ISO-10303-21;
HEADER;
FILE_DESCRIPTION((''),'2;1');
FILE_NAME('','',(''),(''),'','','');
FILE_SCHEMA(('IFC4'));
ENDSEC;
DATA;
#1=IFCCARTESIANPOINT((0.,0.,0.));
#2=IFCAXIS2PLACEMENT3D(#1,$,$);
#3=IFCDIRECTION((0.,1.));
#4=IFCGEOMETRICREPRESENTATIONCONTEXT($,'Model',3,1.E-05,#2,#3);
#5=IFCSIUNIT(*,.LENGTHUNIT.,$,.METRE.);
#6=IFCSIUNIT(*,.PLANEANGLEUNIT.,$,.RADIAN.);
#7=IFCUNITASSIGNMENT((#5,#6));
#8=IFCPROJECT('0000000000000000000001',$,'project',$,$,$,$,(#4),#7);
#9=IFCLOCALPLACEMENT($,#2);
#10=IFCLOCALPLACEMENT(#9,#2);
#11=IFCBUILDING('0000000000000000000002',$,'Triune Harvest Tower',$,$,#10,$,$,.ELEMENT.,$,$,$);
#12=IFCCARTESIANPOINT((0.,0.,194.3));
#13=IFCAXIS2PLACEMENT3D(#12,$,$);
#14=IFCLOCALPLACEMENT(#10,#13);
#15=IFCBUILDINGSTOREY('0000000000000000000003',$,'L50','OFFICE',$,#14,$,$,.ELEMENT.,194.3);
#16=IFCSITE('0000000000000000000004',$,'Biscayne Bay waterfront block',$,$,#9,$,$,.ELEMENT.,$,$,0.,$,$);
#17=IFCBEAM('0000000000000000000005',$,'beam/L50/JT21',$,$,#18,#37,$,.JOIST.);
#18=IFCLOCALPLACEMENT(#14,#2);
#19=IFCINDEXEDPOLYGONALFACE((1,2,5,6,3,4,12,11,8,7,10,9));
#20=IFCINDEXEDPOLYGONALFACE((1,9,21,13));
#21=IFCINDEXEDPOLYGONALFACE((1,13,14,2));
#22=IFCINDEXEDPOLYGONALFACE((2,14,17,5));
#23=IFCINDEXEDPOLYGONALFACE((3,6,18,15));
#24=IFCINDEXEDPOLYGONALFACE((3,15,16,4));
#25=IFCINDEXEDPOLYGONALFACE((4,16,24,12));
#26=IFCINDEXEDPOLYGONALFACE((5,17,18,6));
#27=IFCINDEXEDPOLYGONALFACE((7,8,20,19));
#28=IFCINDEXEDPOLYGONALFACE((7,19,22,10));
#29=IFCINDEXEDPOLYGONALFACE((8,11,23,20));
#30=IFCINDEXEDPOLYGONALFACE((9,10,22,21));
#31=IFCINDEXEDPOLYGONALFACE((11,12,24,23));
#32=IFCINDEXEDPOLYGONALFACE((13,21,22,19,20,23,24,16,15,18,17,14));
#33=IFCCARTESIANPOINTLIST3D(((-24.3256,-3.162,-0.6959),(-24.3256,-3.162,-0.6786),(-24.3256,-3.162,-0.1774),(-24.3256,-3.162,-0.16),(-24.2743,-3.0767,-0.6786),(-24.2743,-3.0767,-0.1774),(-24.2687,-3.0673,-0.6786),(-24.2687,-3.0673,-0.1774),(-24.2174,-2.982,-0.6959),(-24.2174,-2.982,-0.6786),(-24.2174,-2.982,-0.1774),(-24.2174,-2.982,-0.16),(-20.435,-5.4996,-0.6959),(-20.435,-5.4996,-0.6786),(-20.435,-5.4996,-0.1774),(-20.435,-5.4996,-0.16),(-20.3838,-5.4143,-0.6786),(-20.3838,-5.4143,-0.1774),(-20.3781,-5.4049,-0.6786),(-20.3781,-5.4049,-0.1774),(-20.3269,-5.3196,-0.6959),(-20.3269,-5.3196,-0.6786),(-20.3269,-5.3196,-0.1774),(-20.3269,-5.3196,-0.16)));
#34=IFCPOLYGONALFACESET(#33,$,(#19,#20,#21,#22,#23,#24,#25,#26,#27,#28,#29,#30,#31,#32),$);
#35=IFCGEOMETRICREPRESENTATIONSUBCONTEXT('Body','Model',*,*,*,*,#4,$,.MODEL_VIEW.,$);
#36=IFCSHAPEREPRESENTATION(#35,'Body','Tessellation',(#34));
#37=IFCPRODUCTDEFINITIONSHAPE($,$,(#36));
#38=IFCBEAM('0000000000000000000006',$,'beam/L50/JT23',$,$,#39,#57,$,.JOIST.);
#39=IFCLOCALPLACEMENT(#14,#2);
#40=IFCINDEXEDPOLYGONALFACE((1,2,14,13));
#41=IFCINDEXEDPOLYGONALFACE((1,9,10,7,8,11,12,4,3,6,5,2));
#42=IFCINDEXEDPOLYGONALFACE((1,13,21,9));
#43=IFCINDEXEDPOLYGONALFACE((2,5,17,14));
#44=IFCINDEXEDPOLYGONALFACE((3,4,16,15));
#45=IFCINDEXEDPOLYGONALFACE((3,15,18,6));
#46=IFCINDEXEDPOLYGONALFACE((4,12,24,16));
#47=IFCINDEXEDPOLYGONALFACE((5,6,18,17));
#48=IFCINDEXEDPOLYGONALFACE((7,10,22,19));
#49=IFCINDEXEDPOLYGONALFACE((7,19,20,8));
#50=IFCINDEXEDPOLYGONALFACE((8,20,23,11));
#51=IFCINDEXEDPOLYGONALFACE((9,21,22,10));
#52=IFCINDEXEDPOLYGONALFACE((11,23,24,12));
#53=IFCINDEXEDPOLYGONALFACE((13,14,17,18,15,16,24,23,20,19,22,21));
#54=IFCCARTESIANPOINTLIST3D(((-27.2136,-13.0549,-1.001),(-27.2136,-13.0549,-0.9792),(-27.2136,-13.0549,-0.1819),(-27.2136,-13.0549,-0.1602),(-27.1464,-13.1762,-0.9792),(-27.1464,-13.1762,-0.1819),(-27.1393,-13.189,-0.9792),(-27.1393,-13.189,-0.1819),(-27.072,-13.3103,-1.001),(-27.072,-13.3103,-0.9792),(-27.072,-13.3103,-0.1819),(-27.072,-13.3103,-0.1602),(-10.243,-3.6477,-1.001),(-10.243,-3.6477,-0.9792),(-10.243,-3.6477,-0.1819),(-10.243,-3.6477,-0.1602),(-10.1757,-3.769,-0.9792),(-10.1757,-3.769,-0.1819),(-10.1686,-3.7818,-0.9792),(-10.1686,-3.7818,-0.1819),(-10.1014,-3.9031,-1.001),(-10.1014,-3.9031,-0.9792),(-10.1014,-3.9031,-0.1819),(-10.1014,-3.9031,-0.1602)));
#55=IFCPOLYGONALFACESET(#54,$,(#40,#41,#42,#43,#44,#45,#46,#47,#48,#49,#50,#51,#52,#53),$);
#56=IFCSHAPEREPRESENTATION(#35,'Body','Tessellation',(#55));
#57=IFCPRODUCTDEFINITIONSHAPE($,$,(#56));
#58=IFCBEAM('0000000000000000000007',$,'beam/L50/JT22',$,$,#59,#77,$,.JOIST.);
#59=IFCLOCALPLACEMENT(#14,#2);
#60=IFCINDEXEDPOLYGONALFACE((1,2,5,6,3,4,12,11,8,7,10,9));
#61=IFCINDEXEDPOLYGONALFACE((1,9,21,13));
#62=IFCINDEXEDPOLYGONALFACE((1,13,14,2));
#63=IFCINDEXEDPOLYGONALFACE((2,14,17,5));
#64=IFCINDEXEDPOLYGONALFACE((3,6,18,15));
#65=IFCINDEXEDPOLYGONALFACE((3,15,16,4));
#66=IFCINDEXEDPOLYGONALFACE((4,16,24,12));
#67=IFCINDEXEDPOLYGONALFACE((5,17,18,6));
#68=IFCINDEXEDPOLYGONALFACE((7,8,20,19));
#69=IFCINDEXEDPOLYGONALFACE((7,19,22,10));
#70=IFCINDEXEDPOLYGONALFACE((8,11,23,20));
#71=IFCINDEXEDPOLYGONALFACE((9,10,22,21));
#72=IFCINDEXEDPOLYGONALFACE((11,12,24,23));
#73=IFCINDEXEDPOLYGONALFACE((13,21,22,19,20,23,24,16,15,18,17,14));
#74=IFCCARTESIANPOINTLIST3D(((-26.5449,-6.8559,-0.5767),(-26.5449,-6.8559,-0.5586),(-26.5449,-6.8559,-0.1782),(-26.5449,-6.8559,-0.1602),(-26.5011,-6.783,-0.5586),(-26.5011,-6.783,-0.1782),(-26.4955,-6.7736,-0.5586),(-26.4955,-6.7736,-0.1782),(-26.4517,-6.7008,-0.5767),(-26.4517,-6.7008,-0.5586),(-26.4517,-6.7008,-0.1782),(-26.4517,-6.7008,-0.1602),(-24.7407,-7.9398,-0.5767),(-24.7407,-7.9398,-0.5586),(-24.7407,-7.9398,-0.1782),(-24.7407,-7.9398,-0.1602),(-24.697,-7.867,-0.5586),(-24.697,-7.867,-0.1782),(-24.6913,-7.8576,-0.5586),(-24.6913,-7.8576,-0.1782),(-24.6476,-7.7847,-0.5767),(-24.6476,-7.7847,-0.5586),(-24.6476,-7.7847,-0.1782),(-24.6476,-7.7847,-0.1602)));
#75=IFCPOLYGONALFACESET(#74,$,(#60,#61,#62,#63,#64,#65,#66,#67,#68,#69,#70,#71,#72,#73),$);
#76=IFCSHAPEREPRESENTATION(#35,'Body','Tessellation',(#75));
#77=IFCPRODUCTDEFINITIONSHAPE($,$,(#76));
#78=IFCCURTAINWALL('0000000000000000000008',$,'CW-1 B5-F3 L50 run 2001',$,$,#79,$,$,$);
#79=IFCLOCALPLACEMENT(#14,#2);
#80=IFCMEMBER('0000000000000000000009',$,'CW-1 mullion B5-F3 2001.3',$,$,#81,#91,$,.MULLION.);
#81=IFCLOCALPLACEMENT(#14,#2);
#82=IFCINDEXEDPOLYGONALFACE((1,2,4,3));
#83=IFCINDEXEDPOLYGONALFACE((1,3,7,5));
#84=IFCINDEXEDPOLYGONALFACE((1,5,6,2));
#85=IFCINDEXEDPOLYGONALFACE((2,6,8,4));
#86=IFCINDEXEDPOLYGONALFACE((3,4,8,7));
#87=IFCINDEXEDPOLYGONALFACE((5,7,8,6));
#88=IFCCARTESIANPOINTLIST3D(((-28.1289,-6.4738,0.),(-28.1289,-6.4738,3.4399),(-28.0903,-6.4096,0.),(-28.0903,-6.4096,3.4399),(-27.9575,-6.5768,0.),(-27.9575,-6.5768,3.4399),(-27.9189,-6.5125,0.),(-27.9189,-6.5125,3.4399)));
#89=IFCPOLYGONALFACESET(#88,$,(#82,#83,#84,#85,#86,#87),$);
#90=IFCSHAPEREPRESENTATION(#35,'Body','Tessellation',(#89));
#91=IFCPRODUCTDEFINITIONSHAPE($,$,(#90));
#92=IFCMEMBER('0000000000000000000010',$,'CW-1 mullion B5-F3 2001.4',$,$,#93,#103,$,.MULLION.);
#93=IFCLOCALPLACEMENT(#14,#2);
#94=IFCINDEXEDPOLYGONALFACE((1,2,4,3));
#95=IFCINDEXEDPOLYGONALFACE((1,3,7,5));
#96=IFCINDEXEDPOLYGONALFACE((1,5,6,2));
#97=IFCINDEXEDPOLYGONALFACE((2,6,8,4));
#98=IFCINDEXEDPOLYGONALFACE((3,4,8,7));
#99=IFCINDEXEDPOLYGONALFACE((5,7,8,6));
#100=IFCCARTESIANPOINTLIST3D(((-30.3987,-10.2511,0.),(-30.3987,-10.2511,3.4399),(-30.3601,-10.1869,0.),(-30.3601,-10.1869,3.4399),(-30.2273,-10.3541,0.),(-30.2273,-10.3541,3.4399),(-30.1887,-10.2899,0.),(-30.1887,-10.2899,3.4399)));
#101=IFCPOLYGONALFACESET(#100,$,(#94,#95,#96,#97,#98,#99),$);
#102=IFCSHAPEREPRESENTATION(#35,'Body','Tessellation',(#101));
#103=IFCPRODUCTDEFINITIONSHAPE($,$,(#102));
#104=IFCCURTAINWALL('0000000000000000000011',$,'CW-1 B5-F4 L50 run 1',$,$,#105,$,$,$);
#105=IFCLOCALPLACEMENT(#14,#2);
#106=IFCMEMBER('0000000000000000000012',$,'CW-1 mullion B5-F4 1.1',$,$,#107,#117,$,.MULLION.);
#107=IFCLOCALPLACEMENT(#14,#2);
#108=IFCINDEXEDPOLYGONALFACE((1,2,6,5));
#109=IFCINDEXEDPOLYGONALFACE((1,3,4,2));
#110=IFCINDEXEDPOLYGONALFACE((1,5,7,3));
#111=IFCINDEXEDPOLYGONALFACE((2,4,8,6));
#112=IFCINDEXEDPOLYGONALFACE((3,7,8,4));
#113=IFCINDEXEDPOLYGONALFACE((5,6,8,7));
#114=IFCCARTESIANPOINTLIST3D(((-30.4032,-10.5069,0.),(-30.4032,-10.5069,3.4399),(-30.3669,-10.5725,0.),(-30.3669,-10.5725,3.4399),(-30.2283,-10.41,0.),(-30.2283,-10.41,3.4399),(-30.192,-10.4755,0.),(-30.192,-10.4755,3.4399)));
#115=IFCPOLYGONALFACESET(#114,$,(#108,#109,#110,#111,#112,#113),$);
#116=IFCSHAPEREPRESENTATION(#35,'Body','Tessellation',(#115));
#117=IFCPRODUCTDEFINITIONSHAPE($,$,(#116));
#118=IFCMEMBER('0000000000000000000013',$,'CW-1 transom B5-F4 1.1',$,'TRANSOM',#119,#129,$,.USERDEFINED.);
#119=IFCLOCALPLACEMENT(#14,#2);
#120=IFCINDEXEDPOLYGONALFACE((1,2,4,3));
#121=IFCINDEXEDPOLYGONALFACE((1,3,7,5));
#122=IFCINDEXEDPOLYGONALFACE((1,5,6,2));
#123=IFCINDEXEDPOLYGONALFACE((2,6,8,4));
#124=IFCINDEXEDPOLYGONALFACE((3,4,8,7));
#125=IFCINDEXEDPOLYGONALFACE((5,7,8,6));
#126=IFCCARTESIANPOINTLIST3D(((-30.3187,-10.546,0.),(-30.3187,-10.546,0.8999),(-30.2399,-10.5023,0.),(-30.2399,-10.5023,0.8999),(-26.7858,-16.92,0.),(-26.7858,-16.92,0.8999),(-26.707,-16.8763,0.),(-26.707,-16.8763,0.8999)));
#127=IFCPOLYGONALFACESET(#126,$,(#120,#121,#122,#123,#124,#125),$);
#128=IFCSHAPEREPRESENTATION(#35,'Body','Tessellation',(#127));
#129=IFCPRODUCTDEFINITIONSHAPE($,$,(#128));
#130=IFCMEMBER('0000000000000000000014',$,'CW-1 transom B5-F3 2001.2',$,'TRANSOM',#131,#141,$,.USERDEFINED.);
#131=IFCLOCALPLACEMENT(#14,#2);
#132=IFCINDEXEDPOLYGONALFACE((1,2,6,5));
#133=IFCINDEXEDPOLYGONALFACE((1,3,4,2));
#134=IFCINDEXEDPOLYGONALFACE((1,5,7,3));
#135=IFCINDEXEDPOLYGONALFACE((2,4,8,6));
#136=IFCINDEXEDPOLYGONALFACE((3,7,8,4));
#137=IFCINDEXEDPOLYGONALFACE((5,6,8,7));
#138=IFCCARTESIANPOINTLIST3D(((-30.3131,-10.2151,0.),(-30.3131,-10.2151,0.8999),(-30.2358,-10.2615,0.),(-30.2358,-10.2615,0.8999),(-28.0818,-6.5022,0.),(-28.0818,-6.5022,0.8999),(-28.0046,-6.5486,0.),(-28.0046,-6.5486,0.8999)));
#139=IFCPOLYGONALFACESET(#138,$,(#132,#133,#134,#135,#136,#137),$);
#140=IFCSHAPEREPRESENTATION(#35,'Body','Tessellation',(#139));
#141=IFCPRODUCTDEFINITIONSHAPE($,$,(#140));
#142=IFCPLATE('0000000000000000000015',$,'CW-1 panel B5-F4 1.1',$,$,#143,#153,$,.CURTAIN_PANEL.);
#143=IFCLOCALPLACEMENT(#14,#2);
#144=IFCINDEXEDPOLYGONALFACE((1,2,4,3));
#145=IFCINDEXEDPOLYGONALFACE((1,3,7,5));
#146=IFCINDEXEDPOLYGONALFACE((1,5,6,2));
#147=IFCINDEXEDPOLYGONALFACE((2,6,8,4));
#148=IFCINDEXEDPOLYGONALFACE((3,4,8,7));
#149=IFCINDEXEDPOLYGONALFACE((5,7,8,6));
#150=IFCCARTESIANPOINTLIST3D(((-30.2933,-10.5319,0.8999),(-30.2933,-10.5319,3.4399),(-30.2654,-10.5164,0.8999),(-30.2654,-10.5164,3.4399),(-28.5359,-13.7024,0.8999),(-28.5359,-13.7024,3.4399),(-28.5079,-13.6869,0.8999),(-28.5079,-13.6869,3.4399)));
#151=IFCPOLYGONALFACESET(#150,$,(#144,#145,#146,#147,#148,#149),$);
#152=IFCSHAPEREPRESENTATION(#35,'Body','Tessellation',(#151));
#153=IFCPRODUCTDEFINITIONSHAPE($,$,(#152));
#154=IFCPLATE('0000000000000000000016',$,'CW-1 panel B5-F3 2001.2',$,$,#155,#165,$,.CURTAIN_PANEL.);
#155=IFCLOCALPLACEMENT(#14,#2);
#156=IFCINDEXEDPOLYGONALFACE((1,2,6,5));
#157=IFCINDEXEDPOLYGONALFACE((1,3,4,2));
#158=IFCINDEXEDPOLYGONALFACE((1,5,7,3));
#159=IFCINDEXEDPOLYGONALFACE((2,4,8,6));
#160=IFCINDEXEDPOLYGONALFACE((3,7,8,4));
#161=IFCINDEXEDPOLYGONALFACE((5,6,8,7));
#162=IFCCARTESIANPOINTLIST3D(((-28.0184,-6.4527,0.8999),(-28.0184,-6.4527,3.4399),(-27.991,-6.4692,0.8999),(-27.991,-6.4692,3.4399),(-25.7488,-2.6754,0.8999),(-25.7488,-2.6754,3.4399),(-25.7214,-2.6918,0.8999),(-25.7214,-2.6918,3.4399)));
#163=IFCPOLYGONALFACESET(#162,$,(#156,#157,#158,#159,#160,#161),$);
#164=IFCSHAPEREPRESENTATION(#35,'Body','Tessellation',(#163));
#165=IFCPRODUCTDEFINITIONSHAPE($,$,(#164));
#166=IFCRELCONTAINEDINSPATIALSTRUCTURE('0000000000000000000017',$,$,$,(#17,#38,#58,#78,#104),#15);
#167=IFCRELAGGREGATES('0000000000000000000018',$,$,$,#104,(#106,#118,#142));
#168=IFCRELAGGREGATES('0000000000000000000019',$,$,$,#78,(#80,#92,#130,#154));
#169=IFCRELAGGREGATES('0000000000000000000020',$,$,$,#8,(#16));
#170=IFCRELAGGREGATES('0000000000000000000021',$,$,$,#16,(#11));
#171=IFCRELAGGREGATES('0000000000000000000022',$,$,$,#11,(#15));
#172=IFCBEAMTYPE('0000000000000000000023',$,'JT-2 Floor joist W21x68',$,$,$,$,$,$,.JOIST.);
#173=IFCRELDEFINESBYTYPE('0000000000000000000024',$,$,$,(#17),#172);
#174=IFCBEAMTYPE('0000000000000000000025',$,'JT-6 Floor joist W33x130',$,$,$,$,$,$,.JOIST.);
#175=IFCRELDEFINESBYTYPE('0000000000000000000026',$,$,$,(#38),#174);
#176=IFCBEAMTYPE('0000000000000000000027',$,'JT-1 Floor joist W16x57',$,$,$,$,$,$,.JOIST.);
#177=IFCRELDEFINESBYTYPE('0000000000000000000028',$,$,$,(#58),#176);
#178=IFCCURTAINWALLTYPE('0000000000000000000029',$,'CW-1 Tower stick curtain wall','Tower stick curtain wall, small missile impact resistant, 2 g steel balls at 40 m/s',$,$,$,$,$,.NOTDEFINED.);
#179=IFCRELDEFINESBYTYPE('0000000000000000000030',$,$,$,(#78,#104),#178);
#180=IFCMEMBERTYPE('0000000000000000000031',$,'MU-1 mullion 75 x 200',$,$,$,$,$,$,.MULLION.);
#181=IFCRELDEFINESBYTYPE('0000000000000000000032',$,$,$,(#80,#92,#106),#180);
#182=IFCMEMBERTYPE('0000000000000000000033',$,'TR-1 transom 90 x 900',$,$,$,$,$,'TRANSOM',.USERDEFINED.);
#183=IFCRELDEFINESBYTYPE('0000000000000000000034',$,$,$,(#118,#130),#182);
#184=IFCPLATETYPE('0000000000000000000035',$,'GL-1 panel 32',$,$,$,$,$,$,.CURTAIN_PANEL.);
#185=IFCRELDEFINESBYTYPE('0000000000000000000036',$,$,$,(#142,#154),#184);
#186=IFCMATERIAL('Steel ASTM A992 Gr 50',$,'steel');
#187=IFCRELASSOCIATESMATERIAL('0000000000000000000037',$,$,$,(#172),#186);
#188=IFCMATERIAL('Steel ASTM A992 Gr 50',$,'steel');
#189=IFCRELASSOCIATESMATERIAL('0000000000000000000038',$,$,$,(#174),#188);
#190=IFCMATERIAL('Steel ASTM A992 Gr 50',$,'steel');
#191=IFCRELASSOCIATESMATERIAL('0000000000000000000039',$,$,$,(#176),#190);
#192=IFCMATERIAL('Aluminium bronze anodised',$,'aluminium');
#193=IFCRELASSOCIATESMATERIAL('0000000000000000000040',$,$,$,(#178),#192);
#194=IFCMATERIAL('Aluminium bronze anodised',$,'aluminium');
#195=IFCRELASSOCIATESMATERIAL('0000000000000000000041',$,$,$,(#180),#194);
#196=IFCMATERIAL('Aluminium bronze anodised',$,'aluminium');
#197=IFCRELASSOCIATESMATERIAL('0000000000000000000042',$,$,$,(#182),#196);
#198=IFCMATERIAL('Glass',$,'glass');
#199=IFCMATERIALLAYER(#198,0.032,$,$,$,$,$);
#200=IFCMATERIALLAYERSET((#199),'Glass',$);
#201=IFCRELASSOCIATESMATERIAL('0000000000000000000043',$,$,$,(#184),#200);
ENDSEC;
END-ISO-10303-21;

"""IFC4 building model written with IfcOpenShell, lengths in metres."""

from ifc_helpers import new_model, si_unit, direction, frame, origin, origin_2d, place, context, subcontext, project, spatial, rectangle, i_section, extrude, source, transform, mapped, material, layer, layer_set, material_profile, profile_set, type_object, element, aggregate, save


model = new_model("IFC4")

# Units and contexts
model_context = context("Model", 3, precision=1e-05, world=origin(), true_north=direction((0.0, 1.0)))
body_context = subcontext(model_context, "Body", "Model", "MODEL_VIEW")
ifc_project = project(units=[si_unit("LENGTHUNIT", "METRE"), si_unit("PLANEANGLEUNIT", "RADIAN")], contexts=[model_context])

# Site, building, storey
site_placement = place(None, origin())
site = spatial("IfcSite", under=ifc_project, at=site_placement, Name="Biscayne Bay waterfront block", CompositionType="ELEMENT", RefElevation=0.0)
building_placement = place(site_placement, origin())
building = spatial("IfcBuilding", under=site, at=building_placement, Name="Triune Harvest Tower", CompositionType="ELEMENT")
storey_placement = place(building_placement, frame((0.0, 0.0, 194.3)))
storey = spatial("IfcBuildingStorey", under=building, at=storey_placement, Name="L50", Description="OFFICE", CompositionType="ELEMENT", Elevation=194.3)

# Beams
ifc_material_1 = material(Name="Steel ASTM A992 Gr 50", Category="steel")
ifc_material_profile_1 = material_profile(ifc_material_1, i_section(OverallWidth=0.21, OverallDepth=0.5359, WebThickness=0.011, FlangeThickness=0.0173, at=origin_2d()), Name="W21x68")
ifc_profile_set_1 = profile_set([ifc_material_profile_1], Name="Steel ASTM A992 Gr 50")
beam_type_1 = type_object("IfcBeamType", Name="JT-2 Floor joist W21x68", PredefinedType="JOIST", material=ifc_profile_set_1)
shared_shape_1 = source(origin(), body_context, "Body", "SweptSolid", [
    extrude(i_section(OverallWidth=0.21, OverallDepth=0.5359, WebThickness=0.011, FlangeThickness=0.0173, at=origin_2d()), origin(), (0.0, 0.0, 1.0), 4.5388),
])
beam_1_placement = place(storey_placement, frame((-24.2715, -3.072, -0.428), z_axis=(0.857175, -0.515026, 0.0), x_axis=(0.515026, 0.857175, 0.0)))
element("IfcBeam", 1, at=beam_1_placement, inside=storey, type_object=beam_type_1, Name="beam/L50/JT21", PredefinedType="JOIST", context=body_context, shape_type="MappedRepresentation", body=[
    mapped(shared_shape_1, transform((0.0, 0.0, 0.0), scale=1.0)),
])
ifc_material_2 = material(Name="Steel ASTM A992 Gr 50", Category="steel")
ifc_material_profile_2 = material_profile(ifc_material_2, i_section(OverallWidth=0.292, OverallDepth=0.8408, WebThickness=0.0146, FlangeThickness=0.0217, at=origin_2d()), Name="W33x130")
ifc_profile_set_2 = profile_set([ifc_material_profile_2], Name="Steel ASTM A992 Gr 50")
beam_type_2 = type_object("IfcBeamType", Name="JT-6 Floor joist W33x130", PredefinedType="JOIST", material=ifc_profile_set_2)
shared_shape_2 = source(origin(), body_context, "Body", "SweptSolid", [
    extrude(i_section(OverallWidth=0.292, OverallDepth=0.8408, WebThickness=0.0146, FlangeThickness=0.0217, at=origin_2d()), origin(), (0.0, 0.0, 1.0), 19.4036),
])
beam_2_placement = place(storey_placement, frame((-27.1428, -13.1826, -0.5806), z_axis=(0.874615, 0.484818, 0.0), x_axis=(-0.484818, 0.874615, 0.0)))
element("IfcBeam", 2, at=beam_2_placement, inside=storey, type_object=beam_type_2, Name="beam/L50/JT23", PredefinedType="JOIST", context=body_context, shape_type="MappedRepresentation", body=[
    mapped(shared_shape_2, transform((0.0, 0.0, 0.0), scale=1.0)),
])
ifc_material_3 = material(Name="Steel ASTM A992 Gr 50", Category="steel")
ifc_material_profile_3 = material_profile(ifc_material_3, i_section(OverallWidth=0.1809, OverallDepth=0.4165, WebThickness=0.011, FlangeThickness=0.0181, at=origin_2d()), Name="W16x57")
ifc_profile_set_3 = profile_set([ifc_material_profile_3], Name="Steel ASTM A992 Gr 50")
beam_type_3 = type_object("IfcBeamType", Name="JT-1 Floor joist W16x57", PredefinedType="JOIST", material=ifc_profile_set_3)
shared_shape_3 = source(origin(), body_context, "Body", "SweptSolid", [
    extrude(i_section(OverallWidth=0.1809, OverallDepth=0.4165, WebThickness=0.011, FlangeThickness=0.0181, at=origin_2d()), origin(), (0.0, 0.0, 1.0), 2.1047),
])
beam_3_placement = place(storey_placement, frame((-26.4983, -6.7783, -0.3684), z_axis=(0.857186, -0.515007, 0.0), x_axis=(0.515007, 0.857186, 0.0)))
element("IfcBeam", 3, at=beam_3_placement, inside=storey, type_object=beam_type_3, Name="beam/L50/JT22", PredefinedType="JOIST", context=body_context, shape_type="MappedRepresentation", body=[
    mapped(shared_shape_3, transform((0.0, 0.0, 0.0), scale=1.0)),
])

# Curtain walls, members
ifc_material_4 = material(Name="Aluminium bronze anodised", Category="aluminium")
curtain_wall_type = type_object("IfcCurtainWallType", Name="CW-1 Tower stick curtain wall", Description="Tower stick curtain wall, small missile impact resistant, 2 g steel balls at 40 m/s", PredefinedType="NOTDEFINED", material=ifc_material_4)
curtain_wall_1_placement = place(storey_placement, origin())
curtain_wall_1 = element("IfcCurtainWall", 4, at=curtain_wall_1_placement, inside=storey, type_object=curtain_wall_type, Name="CW-1 B5-F3 L50 run 2001")
ifc_material_5 = material(Name="Aluminium bronze anodised", Category="aluminium")
ifc_material_profile_4 = material_profile(ifc_material_5, rectangle(XDim=0.2, YDim=0.075, at=origin_2d()), Name="MU-1 mullion 75 x 200")
ifc_profile_set_4 = profile_set([ifc_material_profile_4], Name="Aluminium bronze anodised")
member_type_1 = type_object("IfcMemberType", Name="MU-1 mullion 75 x 200", PredefinedType="MULLION", material=ifc_profile_set_4)
shared_shape_4 = source(origin(), body_context, "Body", "SweptSolid", [
    extrude(rectangle(XDim=0.2, YDim=0.075, at=origin_2d()), origin(), (0.0, 0.0, 1.0), 3.4399),
])
member_1_placement = place(storey_placement, frame((-28.0239, -6.4932, 0.0), z_axis=(0.0, 0.0, 1.0), x_axis=(0.857169, -0.515035, 0.0)))
member_1 = element("IfcMember", 5, at=member_1_placement, type_object=member_type_1, Name="CW-1 mullion B5-F3 2001.3", PredefinedType="MULLION", context=body_context, shape_type="MappedRepresentation", body=[
    mapped(shared_shape_4, transform((0.0, 0.0, 0.0), scale=1.0)),
])
member_2_placement = place(storey_placement, frame((-30.2937, -10.2705, 0.0), z_axis=(0.0, 0.0, 1.0), x_axis=(0.857169, -0.515035, 0.0)))
member_2 = element("IfcMember", 6, at=member_2_placement, type_object=member_type_1, Name="CW-1 mullion B5-F3 2001.4", PredefinedType="MULLION", context=body_context, shape_type="MappedRepresentation", body=[
    mapped(shared_shape_4, transform((0.0, 0.0, 0.0), scale=1.0)),
])
curtain_wall_2_placement = place(storey_placement, origin())
curtain_wall_2 = element("IfcCurtainWall", 7, at=curtain_wall_2_placement, inside=storey, type_object=curtain_wall_type, Name="CW-1 B5-F4 L50 run 1")
member_3_placement = place(storey_placement, frame((-30.2976, -10.4912, 0.0), z_axis=(0.0, 0.0, 1.0), x_axis=(0.874624, 0.484802, 0.0)))
member_3 = element("IfcMember", 8, at=member_3_placement, type_object=member_type_1, Name="CW-1 mullion B5-F4 1.1", PredefinedType="MULLION", context=body_context, shape_type="MappedRepresentation", body=[
    mapped(shared_shape_4, transform((0.0, 0.0, 0.0), scale=1.0)),
])
ifc_material_6 = material(Name="Aluminium bronze anodised", Category="aluminium")
ifc_material_profile_5 = material_profile(ifc_material_6, rectangle(XDim=0.0901, YDim=0.8999, at=origin_2d()), Name="TR-1 transom 90 x 900")
ifc_profile_set_5 = profile_set([ifc_material_profile_5], Name="Aluminium bronze anodised")
member_type_2 = type_object("IfcMemberType", Name="TR-1 transom 90 x 900", ElementType="TRANSOM", PredefinedType="USERDEFINED", material=ifc_profile_set_5)
shared_shape_5 = source(origin(), body_context, "Body", "SweptSolid", [
    extrude(rectangle(XDim=0.0901, YDim=0.8999, at=origin_2d()), origin(), (0.0, 0.0, 1.0), 7.2876),
])
member_4_placement = place(storey_placement, frame((-30.2793, -10.5242, 0.45), z_axis=(0.484787, -0.874633, 0.0), x_axis=(0.874633, 0.484787, 0.0)))
member_4 = element("IfcMember", 9, at=member_4_placement, type_object=member_type_2, Name="CW-1 transom B5-F4 1.1", ObjectType="TRANSOM", PredefinedType="USERDEFINED", context=body_context, shape_type="MappedRepresentation", body=[
    mapped(shared_shape_5, transform((0.0, 0.0, 0.0), scale=1.0)),
])

# Member
shared_shape_6 = source(origin(), body_context, "Body", "SweptSolid", [
    extrude(rectangle(XDim=0.0901, YDim=0.8999, at=origin_2d()), origin(), (0.0, 0.0, 1.0), 4.3318),
])
member_5_placement = place(storey_placement, frame((-28.0432, -6.5254, 0.45), z_axis=(-0.515084, -0.85714, 0.0), x_axis=(0.85714, -0.515084, 0.0)))
member_5 = element("IfcMember", 10, at=member_5_placement, type_object=member_type_2, Name="CW-1 transom B5-F3 2001.2", ObjectType="TRANSOM", PredefinedType="USERDEFINED", context=body_context, shape_type="MappedRepresentation", body=[
    mapped(shared_shape_6, transform((0.0, 0.0, 0.0), scale=1.0)),
])

# Plates
ifc_material_7 = material(Name="Glass", Category="glass")
ifc_layer_1 = layer(ifc_material_7, 0.032)
ifc_layer_set_1 = layer_set([ifc_layer_1], Name="Glass")
plate_type = type_object("IfcPlateType", Name="GL-1 panel 32", PredefinedType="CURTAIN_PANEL", material=ifc_layer_set_1)
shared_shape_7 = source(origin(), body_context, "Body", "SweptSolid", [
    extrude(rectangle(XDim=3.625, YDim=0.032, at=origin_2d()), origin(), (0.0, 0.0, 1.0), 2.54),
])
plate_1_placement = place(storey_placement, frame((-29.4006, -12.1094, 0.8999), z_axis=(0.0, 0.0, 1.0), x_axis=(0.484802, -0.874624, 0.0)))
plate_1 = element("IfcPlate", 11, at=plate_1_placement, type_object=plate_type, Name="CW-1 panel B5-F4 1.1", PredefinedType="CURTAIN_PANEL", context=body_context, shape_type="MappedRepresentation", body=[
    mapped(shared_shape_7, transform((0.0, 0.0, 0.0), scale=1.0)),
])
aggregate(curtain_wall_2, [member_3, member_4, plate_1])
shared_shape_8 = source(origin(), body_context, "Body", "SweptSolid", [
    extrude(rectangle(XDim=4.4067, YDim=0.032, at=origin_2d()), origin(), (0.0, 0.0, 1.0), 2.54),
])
plate_2_placement = place(storey_placement, frame((-26.8699, -4.5723, 0.8999), z_axis=(0.0, 0.0, 1.0), x_axis=(-0.515035, -0.857169, 0.0)))
plate_2 = element("IfcPlate", 12, at=plate_2_placement, type_object=plate_type, Name="CW-1 panel B5-F3 2001.2", PredefinedType="CURTAIN_PANEL", context=body_context, shape_type="MappedRepresentation", body=[
    mapped(shared_shape_8, transform((0.0, 0.0, 0.0), scale=1.0)),
])
aggregate(curtain_wall_1, [member_1, member_2, member_5, plate_2])

save(model, "model.ifc")
